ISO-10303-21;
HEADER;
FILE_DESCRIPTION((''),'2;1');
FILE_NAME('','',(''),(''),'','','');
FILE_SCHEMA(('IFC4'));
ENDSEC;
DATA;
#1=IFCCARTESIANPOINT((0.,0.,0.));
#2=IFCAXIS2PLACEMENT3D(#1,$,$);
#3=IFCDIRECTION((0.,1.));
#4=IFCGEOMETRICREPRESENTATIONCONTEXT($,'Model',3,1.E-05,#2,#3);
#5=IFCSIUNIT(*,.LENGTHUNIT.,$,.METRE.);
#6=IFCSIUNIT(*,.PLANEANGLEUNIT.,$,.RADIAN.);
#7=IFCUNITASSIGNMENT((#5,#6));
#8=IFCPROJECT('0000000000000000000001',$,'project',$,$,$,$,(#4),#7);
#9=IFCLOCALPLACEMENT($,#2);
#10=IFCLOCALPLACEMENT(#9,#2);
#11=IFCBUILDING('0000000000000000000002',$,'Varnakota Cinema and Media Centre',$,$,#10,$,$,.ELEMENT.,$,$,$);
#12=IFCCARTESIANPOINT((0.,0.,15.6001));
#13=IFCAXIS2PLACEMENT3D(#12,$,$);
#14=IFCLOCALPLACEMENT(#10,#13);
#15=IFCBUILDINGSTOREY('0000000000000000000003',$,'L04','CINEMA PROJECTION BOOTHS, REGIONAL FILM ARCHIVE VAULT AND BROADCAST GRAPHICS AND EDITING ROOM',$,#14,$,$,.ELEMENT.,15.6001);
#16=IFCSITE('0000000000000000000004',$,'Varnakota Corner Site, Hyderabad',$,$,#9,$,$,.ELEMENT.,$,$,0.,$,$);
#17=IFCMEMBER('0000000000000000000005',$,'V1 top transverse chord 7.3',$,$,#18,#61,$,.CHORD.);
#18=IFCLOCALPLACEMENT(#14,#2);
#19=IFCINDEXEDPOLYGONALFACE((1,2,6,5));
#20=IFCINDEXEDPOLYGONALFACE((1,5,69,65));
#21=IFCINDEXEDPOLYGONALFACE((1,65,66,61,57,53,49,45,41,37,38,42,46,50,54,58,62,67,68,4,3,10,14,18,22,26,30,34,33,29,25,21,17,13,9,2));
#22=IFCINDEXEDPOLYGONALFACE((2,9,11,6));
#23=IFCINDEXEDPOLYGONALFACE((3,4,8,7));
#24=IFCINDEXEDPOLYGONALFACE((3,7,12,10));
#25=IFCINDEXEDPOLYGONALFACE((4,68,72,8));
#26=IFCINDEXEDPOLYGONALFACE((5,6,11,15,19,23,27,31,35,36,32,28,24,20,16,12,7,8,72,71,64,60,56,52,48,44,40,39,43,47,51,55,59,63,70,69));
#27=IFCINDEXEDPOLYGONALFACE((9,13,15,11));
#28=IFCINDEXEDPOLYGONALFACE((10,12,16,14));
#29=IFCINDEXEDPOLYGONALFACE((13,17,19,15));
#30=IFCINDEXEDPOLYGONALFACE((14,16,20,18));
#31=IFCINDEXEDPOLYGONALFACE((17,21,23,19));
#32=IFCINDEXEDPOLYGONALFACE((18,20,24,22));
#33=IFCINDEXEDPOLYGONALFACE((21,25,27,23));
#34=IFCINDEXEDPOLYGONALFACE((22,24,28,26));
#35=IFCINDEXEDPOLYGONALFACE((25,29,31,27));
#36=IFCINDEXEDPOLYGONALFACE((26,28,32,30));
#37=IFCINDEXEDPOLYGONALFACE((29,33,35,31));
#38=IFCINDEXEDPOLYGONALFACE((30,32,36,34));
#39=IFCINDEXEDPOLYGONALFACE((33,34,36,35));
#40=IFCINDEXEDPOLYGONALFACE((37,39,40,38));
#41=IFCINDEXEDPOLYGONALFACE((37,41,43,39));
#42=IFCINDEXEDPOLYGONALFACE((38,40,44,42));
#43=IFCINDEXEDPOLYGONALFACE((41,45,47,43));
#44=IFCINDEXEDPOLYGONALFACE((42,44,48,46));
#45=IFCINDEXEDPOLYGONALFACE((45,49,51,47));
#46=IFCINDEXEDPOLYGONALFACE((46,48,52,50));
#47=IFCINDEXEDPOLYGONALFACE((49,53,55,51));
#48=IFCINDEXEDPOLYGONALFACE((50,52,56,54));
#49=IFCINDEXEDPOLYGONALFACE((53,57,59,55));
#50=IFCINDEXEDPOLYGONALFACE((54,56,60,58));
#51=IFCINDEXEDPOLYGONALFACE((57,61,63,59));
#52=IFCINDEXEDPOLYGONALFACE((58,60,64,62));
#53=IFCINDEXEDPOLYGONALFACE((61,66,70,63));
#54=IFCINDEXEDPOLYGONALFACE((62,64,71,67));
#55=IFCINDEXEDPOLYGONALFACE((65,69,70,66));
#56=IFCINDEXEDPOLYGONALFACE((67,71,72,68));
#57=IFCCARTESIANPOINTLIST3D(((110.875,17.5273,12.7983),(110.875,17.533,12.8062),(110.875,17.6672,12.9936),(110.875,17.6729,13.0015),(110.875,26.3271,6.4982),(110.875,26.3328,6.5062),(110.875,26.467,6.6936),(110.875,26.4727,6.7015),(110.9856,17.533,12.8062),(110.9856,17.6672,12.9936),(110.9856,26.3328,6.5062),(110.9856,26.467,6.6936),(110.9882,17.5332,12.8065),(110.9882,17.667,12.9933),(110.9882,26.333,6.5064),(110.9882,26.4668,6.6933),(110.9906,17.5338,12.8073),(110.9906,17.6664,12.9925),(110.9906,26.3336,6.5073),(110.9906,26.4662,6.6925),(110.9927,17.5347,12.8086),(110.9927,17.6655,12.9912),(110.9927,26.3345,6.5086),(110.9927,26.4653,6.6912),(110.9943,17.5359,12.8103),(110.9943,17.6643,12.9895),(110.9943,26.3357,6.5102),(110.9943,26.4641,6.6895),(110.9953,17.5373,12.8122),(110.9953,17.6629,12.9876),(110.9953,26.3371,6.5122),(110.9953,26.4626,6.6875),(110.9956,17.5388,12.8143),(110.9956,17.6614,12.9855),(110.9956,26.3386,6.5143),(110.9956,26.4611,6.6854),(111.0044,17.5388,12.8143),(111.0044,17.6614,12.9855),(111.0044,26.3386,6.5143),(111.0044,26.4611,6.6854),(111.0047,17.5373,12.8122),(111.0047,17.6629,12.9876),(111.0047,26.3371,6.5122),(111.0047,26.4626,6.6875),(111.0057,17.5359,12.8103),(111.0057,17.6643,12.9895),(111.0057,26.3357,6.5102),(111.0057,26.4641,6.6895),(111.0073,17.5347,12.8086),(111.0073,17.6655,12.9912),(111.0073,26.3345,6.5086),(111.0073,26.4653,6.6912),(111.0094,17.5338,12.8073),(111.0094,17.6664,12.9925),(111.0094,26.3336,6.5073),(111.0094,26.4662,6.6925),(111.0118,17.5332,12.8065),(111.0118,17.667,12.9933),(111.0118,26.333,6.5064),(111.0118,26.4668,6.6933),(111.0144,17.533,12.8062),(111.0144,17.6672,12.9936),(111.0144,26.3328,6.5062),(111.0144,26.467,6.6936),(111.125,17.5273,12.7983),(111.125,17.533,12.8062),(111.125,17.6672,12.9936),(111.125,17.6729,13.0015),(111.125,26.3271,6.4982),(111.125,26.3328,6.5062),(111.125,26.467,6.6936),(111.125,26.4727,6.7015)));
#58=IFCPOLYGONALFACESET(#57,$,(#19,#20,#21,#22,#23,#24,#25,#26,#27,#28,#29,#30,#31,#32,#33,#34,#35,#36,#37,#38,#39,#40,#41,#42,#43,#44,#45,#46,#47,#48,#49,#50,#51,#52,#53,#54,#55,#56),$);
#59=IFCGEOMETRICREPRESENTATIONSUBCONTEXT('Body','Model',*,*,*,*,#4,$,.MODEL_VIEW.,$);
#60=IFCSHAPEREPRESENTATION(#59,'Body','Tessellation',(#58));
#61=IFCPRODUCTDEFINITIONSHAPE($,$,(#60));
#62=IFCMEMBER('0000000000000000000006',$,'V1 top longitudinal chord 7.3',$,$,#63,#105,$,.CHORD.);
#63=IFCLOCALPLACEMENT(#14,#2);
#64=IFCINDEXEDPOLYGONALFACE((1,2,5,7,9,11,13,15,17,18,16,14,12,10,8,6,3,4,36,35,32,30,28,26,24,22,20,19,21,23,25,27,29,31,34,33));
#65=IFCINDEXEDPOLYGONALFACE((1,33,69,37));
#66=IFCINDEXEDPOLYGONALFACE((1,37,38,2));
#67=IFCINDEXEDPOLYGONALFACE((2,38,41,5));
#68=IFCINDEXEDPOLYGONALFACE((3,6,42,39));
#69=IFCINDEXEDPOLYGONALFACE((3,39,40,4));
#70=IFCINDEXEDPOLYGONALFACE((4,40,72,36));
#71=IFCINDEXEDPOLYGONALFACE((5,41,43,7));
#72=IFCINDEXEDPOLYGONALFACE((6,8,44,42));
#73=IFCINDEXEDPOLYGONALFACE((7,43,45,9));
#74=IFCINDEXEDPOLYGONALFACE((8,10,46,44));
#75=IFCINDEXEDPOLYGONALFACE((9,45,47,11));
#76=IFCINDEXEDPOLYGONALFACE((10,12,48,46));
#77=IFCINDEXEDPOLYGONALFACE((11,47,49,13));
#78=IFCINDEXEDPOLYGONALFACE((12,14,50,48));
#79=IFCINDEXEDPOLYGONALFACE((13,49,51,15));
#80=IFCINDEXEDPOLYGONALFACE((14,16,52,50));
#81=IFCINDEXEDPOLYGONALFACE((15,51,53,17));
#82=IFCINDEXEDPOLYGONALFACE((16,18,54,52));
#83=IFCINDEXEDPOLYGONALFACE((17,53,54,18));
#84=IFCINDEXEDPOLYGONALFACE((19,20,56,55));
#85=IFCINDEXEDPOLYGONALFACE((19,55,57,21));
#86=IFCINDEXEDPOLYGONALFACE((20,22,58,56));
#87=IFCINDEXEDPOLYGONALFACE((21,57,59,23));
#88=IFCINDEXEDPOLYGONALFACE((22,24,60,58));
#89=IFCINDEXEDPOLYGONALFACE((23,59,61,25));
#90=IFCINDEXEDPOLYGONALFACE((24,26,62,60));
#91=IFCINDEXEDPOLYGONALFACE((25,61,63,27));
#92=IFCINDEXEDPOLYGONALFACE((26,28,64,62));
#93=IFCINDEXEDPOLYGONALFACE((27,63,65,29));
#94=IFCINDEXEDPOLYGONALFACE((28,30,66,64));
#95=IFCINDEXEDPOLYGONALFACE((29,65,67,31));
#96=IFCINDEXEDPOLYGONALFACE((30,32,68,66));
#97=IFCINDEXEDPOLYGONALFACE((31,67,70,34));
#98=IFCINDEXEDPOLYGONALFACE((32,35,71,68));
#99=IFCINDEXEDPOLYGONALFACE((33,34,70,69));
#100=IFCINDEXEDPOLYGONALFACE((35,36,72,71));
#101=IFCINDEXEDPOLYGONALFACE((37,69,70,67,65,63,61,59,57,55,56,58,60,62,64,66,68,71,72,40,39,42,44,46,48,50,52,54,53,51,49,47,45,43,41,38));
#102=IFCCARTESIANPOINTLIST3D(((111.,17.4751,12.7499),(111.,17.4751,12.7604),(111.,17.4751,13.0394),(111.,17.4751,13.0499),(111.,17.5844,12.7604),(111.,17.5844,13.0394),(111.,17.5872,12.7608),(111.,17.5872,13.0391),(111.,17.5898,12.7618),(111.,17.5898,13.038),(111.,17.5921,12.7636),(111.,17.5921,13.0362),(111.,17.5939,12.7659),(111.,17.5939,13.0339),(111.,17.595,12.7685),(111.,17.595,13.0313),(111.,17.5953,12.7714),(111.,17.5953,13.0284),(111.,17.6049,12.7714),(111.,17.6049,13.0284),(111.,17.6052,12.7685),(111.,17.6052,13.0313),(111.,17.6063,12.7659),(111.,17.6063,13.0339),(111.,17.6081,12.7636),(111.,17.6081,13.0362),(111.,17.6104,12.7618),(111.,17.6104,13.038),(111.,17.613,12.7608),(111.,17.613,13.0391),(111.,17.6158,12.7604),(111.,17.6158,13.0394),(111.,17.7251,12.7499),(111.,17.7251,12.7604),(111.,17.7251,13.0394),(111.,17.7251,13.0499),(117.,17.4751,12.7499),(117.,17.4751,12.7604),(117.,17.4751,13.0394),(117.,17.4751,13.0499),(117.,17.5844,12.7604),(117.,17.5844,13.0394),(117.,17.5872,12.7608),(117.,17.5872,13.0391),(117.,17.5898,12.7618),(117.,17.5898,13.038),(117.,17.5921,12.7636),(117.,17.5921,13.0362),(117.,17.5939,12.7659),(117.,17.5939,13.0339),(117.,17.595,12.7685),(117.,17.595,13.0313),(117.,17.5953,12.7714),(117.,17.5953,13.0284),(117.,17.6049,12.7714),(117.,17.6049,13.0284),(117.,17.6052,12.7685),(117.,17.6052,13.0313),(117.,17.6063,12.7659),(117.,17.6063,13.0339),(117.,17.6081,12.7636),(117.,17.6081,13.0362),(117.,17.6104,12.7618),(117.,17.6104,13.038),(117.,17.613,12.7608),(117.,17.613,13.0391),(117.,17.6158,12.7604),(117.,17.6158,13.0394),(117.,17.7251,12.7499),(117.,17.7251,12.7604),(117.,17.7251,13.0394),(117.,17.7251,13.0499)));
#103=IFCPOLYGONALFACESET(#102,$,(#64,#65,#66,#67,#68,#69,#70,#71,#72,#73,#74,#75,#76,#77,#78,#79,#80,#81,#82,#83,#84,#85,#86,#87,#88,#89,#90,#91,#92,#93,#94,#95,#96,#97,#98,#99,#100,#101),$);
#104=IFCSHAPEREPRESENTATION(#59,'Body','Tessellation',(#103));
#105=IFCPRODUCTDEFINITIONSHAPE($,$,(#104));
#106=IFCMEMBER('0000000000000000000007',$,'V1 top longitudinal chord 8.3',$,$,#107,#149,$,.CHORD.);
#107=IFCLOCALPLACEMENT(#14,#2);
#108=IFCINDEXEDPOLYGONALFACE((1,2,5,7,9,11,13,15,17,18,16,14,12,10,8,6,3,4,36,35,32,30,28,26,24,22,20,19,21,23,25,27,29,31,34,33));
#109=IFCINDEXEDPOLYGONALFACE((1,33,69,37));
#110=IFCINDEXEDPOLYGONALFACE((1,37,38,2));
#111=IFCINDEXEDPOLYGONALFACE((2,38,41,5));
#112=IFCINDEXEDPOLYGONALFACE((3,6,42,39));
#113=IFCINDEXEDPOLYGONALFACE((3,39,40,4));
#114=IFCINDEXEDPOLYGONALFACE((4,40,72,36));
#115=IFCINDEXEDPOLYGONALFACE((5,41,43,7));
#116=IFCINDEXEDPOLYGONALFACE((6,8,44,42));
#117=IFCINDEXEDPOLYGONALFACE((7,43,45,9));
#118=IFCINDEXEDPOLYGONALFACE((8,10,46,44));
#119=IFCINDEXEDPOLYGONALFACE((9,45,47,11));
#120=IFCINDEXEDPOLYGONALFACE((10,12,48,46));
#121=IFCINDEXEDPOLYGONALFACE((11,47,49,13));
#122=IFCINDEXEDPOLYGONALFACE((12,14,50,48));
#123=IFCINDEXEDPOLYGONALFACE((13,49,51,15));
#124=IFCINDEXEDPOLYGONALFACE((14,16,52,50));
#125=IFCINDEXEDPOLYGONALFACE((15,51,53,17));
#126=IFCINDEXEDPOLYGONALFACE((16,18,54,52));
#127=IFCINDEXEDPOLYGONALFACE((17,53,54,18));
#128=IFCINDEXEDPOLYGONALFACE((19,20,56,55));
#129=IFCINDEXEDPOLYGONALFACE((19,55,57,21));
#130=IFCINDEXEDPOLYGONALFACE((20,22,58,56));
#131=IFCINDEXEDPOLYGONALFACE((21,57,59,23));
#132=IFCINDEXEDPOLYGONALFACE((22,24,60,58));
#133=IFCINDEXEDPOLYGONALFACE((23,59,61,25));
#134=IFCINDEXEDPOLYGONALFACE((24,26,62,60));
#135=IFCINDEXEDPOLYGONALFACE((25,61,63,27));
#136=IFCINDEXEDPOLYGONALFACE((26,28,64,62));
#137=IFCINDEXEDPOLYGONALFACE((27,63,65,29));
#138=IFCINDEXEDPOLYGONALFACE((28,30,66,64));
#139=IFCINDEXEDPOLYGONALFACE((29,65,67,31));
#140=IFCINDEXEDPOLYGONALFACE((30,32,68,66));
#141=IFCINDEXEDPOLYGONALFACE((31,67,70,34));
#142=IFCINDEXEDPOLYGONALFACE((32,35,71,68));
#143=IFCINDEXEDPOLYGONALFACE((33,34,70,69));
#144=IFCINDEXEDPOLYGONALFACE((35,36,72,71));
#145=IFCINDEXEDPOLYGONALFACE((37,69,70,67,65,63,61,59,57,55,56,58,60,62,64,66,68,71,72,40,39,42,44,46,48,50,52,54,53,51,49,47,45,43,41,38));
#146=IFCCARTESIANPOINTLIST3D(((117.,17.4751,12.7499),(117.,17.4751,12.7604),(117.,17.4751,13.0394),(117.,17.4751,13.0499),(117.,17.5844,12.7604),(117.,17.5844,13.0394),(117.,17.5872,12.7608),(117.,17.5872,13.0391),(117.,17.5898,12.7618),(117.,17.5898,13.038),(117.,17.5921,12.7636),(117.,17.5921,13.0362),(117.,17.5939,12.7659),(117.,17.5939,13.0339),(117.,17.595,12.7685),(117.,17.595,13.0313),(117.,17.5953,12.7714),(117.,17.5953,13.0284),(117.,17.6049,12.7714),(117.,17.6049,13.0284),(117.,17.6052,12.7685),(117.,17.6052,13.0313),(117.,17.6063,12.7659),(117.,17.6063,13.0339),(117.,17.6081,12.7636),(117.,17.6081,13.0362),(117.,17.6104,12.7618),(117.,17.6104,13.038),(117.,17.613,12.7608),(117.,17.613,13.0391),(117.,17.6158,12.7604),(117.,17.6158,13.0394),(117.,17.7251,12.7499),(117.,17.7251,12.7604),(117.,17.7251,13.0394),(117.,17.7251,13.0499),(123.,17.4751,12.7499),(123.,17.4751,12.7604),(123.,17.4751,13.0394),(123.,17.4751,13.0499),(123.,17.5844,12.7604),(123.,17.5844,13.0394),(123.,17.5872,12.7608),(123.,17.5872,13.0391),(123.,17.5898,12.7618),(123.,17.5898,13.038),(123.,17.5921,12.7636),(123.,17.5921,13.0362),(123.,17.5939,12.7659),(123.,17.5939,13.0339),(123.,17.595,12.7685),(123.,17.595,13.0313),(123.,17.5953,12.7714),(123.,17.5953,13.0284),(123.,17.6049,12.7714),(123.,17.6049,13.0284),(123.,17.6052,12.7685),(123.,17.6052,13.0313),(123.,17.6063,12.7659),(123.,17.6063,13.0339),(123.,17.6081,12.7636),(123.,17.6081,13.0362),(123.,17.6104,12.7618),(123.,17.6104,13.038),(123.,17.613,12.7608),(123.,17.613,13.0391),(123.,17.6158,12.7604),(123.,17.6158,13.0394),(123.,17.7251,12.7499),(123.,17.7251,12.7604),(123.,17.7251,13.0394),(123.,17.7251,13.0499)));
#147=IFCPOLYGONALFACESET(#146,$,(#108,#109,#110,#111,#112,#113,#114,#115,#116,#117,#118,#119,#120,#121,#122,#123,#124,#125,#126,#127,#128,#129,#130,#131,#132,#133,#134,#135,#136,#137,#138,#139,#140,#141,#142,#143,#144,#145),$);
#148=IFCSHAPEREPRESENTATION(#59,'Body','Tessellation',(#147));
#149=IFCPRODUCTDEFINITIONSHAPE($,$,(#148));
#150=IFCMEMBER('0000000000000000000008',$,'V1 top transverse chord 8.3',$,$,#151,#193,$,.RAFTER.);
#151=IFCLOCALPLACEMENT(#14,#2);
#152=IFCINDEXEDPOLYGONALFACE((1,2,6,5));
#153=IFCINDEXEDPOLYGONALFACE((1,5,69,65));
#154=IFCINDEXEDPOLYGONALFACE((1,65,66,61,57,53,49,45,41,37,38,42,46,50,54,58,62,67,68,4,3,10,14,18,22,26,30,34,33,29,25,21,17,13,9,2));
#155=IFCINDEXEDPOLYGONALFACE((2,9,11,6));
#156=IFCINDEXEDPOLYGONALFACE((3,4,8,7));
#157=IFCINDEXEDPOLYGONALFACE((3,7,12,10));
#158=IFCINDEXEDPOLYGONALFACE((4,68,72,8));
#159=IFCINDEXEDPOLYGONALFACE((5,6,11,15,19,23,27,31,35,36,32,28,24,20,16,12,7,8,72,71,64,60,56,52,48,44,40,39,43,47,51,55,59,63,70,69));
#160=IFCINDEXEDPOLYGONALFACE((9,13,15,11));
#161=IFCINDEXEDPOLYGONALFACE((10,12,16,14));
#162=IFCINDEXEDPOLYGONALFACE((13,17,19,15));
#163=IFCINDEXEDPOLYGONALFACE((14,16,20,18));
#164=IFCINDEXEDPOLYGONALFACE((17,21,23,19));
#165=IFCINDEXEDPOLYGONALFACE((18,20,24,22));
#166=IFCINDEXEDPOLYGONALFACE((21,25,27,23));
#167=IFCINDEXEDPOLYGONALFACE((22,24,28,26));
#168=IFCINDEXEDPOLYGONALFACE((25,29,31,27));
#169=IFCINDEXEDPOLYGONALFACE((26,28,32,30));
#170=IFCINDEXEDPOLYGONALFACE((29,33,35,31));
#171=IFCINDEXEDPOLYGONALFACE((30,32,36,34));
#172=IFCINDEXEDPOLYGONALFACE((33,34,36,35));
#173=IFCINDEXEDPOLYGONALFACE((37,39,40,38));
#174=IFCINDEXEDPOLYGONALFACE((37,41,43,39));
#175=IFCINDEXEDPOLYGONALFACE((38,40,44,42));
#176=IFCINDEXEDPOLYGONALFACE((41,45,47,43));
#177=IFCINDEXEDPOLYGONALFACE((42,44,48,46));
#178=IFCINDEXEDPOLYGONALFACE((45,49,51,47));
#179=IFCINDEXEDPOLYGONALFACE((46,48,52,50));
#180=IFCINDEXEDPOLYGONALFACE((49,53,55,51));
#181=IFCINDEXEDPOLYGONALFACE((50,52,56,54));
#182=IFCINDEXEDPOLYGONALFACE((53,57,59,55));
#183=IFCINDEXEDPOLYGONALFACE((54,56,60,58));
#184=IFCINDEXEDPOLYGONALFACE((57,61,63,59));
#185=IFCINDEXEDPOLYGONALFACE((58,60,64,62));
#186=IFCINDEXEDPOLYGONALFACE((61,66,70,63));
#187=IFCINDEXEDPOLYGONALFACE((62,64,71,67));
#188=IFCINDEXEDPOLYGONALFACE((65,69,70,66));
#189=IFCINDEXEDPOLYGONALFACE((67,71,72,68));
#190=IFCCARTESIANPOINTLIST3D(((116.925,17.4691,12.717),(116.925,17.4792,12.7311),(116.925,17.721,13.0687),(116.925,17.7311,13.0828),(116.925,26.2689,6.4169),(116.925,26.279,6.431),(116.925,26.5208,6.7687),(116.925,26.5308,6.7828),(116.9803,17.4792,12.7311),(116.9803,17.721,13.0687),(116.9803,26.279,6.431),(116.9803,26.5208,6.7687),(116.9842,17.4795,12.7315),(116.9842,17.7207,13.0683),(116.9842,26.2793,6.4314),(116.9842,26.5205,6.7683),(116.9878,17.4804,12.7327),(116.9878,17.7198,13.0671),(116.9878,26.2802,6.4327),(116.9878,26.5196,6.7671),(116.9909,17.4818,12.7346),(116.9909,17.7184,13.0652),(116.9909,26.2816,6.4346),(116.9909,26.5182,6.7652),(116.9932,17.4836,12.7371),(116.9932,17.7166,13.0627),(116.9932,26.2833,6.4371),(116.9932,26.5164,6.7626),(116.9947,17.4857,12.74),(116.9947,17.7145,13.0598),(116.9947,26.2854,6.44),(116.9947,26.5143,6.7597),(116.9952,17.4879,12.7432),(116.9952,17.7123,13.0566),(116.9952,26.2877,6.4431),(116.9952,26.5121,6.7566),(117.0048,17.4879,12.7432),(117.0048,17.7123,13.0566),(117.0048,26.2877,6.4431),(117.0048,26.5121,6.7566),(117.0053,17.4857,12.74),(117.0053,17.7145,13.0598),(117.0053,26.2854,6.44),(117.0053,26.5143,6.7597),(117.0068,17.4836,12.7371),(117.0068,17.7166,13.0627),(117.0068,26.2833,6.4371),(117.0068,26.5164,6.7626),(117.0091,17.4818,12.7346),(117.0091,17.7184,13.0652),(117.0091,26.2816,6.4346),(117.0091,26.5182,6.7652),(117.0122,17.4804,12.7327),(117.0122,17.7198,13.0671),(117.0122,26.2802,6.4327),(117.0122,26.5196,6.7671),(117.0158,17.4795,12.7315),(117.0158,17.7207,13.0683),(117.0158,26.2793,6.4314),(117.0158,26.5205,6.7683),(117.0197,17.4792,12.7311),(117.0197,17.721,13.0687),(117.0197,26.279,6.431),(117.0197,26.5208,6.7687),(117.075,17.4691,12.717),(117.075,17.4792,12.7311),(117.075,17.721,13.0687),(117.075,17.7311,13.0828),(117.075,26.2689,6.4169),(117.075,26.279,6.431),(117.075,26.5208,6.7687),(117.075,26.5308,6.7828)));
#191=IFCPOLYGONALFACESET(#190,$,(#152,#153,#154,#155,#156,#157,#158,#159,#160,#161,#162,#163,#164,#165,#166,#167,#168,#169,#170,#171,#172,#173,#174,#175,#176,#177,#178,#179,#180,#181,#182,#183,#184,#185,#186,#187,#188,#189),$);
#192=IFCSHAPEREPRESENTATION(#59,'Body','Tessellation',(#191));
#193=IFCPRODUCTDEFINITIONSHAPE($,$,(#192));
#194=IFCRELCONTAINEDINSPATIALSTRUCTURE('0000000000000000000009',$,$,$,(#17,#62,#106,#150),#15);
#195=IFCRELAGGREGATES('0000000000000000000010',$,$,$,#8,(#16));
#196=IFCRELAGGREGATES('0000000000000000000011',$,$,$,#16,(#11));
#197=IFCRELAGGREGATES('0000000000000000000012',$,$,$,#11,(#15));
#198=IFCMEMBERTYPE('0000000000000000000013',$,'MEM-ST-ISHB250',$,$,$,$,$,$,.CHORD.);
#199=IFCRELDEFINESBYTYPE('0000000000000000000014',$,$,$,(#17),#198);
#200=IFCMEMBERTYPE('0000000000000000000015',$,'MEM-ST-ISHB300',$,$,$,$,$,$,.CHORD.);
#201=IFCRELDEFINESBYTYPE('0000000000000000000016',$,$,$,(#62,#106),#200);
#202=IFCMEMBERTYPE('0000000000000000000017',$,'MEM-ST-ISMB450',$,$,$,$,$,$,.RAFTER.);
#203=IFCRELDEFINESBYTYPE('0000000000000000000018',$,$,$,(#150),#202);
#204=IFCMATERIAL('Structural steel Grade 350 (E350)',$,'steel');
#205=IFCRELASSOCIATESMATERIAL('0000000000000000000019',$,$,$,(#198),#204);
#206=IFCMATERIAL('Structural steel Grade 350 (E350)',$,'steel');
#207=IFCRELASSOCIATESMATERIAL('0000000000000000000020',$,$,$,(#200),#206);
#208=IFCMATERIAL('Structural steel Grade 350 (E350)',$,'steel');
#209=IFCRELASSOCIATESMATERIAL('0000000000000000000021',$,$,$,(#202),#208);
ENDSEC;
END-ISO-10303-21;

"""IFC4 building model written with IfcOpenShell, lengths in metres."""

from ifc_helpers import new_model, si_unit, direction, frame, origin, origin_2d, place, context, subcontext, project, spatial, i_section, extrude, material, material_profile, profile_set, type_object, element, save


model = new_model("IFC4")

# Units and contexts
model_context = context("Model", 3, precision=1e-05, world=origin(), true_north=direction((0.0, 1.0)))
body_context = subcontext(model_context, "Body", "Model", "MODEL_VIEW")
ifc_project = project(units=[si_unit("LENGTHUNIT", "METRE"), si_unit("PLANEANGLEUNIT", "RADIAN")], contexts=[model_context])

# Site, building, storey
site_placement = place(None, origin())
site = spatial("IfcSite", under=ifc_project, at=site_placement, Name="Varnakota Corner Site, Hyderabad", CompositionType="ELEMENT", RefElevation=0.0)
building_placement = place(site_placement, origin())
building = spatial("IfcBuilding", under=site, at=building_placement, Name="Varnakota Cinema and Media Centre", CompositionType="ELEMENT")
storey_placement = place(building_placement, frame((0.0, 0.0, 15.6001)))
storey = spatial("IfcBuildingStorey", under=building, at=storey_placement, Name="L04", Description="CINEMA PROJECTION BOOTHS, REGIONAL FILM ARCHIVE VAULT AND BROADCAST GRAPHICS AND EDITING ROOM", CompositionType="ELEMENT", Elevation=15.6001)

# Members
ifc_material_1 = material(Name="Structural steel Grade 350 (E350)", Category="steel")
ifc_material_profile_1 = material_profile(ifc_material_1, i_section(OverallWidth=0.25, OverallDepth=0.25, WebThickness=0.0088, FlangeThickness=0.0098, FilletRadius=0.01, at=origin_2d()), Name="ISHB 250")
ifc_profile_set_1 = profile_set([ifc_material_profile_1], Name="Structural steel Grade 350 (E350)")
member_type_1 = type_object("IfcMemberType", Name="MEM-ST-ISHB250", PredefinedType="CHORD", material=ifc_profile_set_1)
member_1_placement = place(storey_placement, frame((111.0, 17.6001, 12.8999), z_axis=(0.0, 0.8131, -0.582123), x_axis=(-1.0, 0.0, 0.0)))
element("IfcMember", 1, at=member_1_placement, inside=storey, type_object=member_type_1, Name="V1 top transverse chord 7.3", PredefinedType="CHORD", context=body_context, shape_type="SweptSolid", body=[
    extrude(i_section(OverallWidth=0.25, OverallDepth=0.25, WebThickness=0.0088, FlangeThickness=0.0098, FilletRadius=0.01, at=origin_2d()), origin(), (0.0, 0.0, 1.0), 10.8225),
])
ifc_material_2 = material(Name="Structural steel Grade 350 (E350)", Category="steel")
ifc_material_profile_2 = material_profile(ifc_material_2, i_section(OverallWidth=0.25, OverallDepth=0.3, WebThickness=0.0095, FlangeThickness=0.0105, FilletRadius=0.011, at=origin_2d()), Name="ISHB 300")
ifc_profile_set_2 = profile_set([ifc_material_profile_2], Name="Structural steel Grade 350 (E350)")
member_type_2 = type_object("IfcMemberType", Name="MEM-ST-ISHB300", PredefinedType="CHORD", material=ifc_profile_set_2)
for number, where, z_axis, x_axis, name in (
    (2, (111.0, 17.6001, 12.8999), (1.0, 0.0, 0.0), (0.0, 1.0, 0.0), "V1 top longitudinal chord 7.3"),
    (3, (117.0, 17.6001, 12.8999), (1.0, 0.0, 0.0), (0.0, 1.0, 0.0), "V1 top longitudinal chord 8.3"),
):
    element("IfcMember", number, at=place(storey_placement, frame(where, z_axis=z_axis, x_axis=x_axis)), inside=storey, type_object=member_type_2, Name=name, PredefinedType="CHORD", context=body_context, shape_type="SweptSolid", body=[
        extrude(i_section(OverallWidth=0.25, OverallDepth=0.3, WebThickness=0.0095, FlangeThickness=0.0105, FilletRadius=0.011, at=origin_2d()), origin(), (0.0, 0.0, 1.0), 6.0),
    ])
ifc_material_3 = material(Name="Structural steel Grade 350 (E350)", Category="steel")
ifc_material_profile_3 = material_profile(ifc_material_3, i_section(OverallWidth=0.1499, OverallDepth=0.45, WebThickness=0.0095, FlangeThickness=0.0173, FilletRadius=0.0149, at=origin_2d()), Name="ISMB 450")
ifc_profile_set_3 = profile_set([ifc_material_profile_3], Name="Structural steel Grade 350 (E350)")
member_type_3 = type_object("IfcMemberType", Name="MEM-ST-ISMB450", PredefinedType="RAFTER", material=ifc_profile_set_3)
member_2_placement = place(storey_placement, frame((117.0, 17.6001, 12.8999), z_axis=(0.0, 0.8131, -0.582123), x_axis=(-1.0, 0.0, 0.0)))
element("IfcMember", 4, at=member_2_placement, inside=storey, type_object=member_type_3, Name="V1 top transverse chord 8.3", PredefinedType="RAFTER", context=body_context, shape_type="SweptSolid", body=[
    extrude(i_section(OverallWidth=0.1499, OverallDepth=0.45, WebThickness=0.0095, FlangeThickness=0.0173, FilletRadius=0.0149, at=origin_2d()), origin(), (0.0, 0.0, 1.0), 10.8225),
])

save(model, "model.ifc")
